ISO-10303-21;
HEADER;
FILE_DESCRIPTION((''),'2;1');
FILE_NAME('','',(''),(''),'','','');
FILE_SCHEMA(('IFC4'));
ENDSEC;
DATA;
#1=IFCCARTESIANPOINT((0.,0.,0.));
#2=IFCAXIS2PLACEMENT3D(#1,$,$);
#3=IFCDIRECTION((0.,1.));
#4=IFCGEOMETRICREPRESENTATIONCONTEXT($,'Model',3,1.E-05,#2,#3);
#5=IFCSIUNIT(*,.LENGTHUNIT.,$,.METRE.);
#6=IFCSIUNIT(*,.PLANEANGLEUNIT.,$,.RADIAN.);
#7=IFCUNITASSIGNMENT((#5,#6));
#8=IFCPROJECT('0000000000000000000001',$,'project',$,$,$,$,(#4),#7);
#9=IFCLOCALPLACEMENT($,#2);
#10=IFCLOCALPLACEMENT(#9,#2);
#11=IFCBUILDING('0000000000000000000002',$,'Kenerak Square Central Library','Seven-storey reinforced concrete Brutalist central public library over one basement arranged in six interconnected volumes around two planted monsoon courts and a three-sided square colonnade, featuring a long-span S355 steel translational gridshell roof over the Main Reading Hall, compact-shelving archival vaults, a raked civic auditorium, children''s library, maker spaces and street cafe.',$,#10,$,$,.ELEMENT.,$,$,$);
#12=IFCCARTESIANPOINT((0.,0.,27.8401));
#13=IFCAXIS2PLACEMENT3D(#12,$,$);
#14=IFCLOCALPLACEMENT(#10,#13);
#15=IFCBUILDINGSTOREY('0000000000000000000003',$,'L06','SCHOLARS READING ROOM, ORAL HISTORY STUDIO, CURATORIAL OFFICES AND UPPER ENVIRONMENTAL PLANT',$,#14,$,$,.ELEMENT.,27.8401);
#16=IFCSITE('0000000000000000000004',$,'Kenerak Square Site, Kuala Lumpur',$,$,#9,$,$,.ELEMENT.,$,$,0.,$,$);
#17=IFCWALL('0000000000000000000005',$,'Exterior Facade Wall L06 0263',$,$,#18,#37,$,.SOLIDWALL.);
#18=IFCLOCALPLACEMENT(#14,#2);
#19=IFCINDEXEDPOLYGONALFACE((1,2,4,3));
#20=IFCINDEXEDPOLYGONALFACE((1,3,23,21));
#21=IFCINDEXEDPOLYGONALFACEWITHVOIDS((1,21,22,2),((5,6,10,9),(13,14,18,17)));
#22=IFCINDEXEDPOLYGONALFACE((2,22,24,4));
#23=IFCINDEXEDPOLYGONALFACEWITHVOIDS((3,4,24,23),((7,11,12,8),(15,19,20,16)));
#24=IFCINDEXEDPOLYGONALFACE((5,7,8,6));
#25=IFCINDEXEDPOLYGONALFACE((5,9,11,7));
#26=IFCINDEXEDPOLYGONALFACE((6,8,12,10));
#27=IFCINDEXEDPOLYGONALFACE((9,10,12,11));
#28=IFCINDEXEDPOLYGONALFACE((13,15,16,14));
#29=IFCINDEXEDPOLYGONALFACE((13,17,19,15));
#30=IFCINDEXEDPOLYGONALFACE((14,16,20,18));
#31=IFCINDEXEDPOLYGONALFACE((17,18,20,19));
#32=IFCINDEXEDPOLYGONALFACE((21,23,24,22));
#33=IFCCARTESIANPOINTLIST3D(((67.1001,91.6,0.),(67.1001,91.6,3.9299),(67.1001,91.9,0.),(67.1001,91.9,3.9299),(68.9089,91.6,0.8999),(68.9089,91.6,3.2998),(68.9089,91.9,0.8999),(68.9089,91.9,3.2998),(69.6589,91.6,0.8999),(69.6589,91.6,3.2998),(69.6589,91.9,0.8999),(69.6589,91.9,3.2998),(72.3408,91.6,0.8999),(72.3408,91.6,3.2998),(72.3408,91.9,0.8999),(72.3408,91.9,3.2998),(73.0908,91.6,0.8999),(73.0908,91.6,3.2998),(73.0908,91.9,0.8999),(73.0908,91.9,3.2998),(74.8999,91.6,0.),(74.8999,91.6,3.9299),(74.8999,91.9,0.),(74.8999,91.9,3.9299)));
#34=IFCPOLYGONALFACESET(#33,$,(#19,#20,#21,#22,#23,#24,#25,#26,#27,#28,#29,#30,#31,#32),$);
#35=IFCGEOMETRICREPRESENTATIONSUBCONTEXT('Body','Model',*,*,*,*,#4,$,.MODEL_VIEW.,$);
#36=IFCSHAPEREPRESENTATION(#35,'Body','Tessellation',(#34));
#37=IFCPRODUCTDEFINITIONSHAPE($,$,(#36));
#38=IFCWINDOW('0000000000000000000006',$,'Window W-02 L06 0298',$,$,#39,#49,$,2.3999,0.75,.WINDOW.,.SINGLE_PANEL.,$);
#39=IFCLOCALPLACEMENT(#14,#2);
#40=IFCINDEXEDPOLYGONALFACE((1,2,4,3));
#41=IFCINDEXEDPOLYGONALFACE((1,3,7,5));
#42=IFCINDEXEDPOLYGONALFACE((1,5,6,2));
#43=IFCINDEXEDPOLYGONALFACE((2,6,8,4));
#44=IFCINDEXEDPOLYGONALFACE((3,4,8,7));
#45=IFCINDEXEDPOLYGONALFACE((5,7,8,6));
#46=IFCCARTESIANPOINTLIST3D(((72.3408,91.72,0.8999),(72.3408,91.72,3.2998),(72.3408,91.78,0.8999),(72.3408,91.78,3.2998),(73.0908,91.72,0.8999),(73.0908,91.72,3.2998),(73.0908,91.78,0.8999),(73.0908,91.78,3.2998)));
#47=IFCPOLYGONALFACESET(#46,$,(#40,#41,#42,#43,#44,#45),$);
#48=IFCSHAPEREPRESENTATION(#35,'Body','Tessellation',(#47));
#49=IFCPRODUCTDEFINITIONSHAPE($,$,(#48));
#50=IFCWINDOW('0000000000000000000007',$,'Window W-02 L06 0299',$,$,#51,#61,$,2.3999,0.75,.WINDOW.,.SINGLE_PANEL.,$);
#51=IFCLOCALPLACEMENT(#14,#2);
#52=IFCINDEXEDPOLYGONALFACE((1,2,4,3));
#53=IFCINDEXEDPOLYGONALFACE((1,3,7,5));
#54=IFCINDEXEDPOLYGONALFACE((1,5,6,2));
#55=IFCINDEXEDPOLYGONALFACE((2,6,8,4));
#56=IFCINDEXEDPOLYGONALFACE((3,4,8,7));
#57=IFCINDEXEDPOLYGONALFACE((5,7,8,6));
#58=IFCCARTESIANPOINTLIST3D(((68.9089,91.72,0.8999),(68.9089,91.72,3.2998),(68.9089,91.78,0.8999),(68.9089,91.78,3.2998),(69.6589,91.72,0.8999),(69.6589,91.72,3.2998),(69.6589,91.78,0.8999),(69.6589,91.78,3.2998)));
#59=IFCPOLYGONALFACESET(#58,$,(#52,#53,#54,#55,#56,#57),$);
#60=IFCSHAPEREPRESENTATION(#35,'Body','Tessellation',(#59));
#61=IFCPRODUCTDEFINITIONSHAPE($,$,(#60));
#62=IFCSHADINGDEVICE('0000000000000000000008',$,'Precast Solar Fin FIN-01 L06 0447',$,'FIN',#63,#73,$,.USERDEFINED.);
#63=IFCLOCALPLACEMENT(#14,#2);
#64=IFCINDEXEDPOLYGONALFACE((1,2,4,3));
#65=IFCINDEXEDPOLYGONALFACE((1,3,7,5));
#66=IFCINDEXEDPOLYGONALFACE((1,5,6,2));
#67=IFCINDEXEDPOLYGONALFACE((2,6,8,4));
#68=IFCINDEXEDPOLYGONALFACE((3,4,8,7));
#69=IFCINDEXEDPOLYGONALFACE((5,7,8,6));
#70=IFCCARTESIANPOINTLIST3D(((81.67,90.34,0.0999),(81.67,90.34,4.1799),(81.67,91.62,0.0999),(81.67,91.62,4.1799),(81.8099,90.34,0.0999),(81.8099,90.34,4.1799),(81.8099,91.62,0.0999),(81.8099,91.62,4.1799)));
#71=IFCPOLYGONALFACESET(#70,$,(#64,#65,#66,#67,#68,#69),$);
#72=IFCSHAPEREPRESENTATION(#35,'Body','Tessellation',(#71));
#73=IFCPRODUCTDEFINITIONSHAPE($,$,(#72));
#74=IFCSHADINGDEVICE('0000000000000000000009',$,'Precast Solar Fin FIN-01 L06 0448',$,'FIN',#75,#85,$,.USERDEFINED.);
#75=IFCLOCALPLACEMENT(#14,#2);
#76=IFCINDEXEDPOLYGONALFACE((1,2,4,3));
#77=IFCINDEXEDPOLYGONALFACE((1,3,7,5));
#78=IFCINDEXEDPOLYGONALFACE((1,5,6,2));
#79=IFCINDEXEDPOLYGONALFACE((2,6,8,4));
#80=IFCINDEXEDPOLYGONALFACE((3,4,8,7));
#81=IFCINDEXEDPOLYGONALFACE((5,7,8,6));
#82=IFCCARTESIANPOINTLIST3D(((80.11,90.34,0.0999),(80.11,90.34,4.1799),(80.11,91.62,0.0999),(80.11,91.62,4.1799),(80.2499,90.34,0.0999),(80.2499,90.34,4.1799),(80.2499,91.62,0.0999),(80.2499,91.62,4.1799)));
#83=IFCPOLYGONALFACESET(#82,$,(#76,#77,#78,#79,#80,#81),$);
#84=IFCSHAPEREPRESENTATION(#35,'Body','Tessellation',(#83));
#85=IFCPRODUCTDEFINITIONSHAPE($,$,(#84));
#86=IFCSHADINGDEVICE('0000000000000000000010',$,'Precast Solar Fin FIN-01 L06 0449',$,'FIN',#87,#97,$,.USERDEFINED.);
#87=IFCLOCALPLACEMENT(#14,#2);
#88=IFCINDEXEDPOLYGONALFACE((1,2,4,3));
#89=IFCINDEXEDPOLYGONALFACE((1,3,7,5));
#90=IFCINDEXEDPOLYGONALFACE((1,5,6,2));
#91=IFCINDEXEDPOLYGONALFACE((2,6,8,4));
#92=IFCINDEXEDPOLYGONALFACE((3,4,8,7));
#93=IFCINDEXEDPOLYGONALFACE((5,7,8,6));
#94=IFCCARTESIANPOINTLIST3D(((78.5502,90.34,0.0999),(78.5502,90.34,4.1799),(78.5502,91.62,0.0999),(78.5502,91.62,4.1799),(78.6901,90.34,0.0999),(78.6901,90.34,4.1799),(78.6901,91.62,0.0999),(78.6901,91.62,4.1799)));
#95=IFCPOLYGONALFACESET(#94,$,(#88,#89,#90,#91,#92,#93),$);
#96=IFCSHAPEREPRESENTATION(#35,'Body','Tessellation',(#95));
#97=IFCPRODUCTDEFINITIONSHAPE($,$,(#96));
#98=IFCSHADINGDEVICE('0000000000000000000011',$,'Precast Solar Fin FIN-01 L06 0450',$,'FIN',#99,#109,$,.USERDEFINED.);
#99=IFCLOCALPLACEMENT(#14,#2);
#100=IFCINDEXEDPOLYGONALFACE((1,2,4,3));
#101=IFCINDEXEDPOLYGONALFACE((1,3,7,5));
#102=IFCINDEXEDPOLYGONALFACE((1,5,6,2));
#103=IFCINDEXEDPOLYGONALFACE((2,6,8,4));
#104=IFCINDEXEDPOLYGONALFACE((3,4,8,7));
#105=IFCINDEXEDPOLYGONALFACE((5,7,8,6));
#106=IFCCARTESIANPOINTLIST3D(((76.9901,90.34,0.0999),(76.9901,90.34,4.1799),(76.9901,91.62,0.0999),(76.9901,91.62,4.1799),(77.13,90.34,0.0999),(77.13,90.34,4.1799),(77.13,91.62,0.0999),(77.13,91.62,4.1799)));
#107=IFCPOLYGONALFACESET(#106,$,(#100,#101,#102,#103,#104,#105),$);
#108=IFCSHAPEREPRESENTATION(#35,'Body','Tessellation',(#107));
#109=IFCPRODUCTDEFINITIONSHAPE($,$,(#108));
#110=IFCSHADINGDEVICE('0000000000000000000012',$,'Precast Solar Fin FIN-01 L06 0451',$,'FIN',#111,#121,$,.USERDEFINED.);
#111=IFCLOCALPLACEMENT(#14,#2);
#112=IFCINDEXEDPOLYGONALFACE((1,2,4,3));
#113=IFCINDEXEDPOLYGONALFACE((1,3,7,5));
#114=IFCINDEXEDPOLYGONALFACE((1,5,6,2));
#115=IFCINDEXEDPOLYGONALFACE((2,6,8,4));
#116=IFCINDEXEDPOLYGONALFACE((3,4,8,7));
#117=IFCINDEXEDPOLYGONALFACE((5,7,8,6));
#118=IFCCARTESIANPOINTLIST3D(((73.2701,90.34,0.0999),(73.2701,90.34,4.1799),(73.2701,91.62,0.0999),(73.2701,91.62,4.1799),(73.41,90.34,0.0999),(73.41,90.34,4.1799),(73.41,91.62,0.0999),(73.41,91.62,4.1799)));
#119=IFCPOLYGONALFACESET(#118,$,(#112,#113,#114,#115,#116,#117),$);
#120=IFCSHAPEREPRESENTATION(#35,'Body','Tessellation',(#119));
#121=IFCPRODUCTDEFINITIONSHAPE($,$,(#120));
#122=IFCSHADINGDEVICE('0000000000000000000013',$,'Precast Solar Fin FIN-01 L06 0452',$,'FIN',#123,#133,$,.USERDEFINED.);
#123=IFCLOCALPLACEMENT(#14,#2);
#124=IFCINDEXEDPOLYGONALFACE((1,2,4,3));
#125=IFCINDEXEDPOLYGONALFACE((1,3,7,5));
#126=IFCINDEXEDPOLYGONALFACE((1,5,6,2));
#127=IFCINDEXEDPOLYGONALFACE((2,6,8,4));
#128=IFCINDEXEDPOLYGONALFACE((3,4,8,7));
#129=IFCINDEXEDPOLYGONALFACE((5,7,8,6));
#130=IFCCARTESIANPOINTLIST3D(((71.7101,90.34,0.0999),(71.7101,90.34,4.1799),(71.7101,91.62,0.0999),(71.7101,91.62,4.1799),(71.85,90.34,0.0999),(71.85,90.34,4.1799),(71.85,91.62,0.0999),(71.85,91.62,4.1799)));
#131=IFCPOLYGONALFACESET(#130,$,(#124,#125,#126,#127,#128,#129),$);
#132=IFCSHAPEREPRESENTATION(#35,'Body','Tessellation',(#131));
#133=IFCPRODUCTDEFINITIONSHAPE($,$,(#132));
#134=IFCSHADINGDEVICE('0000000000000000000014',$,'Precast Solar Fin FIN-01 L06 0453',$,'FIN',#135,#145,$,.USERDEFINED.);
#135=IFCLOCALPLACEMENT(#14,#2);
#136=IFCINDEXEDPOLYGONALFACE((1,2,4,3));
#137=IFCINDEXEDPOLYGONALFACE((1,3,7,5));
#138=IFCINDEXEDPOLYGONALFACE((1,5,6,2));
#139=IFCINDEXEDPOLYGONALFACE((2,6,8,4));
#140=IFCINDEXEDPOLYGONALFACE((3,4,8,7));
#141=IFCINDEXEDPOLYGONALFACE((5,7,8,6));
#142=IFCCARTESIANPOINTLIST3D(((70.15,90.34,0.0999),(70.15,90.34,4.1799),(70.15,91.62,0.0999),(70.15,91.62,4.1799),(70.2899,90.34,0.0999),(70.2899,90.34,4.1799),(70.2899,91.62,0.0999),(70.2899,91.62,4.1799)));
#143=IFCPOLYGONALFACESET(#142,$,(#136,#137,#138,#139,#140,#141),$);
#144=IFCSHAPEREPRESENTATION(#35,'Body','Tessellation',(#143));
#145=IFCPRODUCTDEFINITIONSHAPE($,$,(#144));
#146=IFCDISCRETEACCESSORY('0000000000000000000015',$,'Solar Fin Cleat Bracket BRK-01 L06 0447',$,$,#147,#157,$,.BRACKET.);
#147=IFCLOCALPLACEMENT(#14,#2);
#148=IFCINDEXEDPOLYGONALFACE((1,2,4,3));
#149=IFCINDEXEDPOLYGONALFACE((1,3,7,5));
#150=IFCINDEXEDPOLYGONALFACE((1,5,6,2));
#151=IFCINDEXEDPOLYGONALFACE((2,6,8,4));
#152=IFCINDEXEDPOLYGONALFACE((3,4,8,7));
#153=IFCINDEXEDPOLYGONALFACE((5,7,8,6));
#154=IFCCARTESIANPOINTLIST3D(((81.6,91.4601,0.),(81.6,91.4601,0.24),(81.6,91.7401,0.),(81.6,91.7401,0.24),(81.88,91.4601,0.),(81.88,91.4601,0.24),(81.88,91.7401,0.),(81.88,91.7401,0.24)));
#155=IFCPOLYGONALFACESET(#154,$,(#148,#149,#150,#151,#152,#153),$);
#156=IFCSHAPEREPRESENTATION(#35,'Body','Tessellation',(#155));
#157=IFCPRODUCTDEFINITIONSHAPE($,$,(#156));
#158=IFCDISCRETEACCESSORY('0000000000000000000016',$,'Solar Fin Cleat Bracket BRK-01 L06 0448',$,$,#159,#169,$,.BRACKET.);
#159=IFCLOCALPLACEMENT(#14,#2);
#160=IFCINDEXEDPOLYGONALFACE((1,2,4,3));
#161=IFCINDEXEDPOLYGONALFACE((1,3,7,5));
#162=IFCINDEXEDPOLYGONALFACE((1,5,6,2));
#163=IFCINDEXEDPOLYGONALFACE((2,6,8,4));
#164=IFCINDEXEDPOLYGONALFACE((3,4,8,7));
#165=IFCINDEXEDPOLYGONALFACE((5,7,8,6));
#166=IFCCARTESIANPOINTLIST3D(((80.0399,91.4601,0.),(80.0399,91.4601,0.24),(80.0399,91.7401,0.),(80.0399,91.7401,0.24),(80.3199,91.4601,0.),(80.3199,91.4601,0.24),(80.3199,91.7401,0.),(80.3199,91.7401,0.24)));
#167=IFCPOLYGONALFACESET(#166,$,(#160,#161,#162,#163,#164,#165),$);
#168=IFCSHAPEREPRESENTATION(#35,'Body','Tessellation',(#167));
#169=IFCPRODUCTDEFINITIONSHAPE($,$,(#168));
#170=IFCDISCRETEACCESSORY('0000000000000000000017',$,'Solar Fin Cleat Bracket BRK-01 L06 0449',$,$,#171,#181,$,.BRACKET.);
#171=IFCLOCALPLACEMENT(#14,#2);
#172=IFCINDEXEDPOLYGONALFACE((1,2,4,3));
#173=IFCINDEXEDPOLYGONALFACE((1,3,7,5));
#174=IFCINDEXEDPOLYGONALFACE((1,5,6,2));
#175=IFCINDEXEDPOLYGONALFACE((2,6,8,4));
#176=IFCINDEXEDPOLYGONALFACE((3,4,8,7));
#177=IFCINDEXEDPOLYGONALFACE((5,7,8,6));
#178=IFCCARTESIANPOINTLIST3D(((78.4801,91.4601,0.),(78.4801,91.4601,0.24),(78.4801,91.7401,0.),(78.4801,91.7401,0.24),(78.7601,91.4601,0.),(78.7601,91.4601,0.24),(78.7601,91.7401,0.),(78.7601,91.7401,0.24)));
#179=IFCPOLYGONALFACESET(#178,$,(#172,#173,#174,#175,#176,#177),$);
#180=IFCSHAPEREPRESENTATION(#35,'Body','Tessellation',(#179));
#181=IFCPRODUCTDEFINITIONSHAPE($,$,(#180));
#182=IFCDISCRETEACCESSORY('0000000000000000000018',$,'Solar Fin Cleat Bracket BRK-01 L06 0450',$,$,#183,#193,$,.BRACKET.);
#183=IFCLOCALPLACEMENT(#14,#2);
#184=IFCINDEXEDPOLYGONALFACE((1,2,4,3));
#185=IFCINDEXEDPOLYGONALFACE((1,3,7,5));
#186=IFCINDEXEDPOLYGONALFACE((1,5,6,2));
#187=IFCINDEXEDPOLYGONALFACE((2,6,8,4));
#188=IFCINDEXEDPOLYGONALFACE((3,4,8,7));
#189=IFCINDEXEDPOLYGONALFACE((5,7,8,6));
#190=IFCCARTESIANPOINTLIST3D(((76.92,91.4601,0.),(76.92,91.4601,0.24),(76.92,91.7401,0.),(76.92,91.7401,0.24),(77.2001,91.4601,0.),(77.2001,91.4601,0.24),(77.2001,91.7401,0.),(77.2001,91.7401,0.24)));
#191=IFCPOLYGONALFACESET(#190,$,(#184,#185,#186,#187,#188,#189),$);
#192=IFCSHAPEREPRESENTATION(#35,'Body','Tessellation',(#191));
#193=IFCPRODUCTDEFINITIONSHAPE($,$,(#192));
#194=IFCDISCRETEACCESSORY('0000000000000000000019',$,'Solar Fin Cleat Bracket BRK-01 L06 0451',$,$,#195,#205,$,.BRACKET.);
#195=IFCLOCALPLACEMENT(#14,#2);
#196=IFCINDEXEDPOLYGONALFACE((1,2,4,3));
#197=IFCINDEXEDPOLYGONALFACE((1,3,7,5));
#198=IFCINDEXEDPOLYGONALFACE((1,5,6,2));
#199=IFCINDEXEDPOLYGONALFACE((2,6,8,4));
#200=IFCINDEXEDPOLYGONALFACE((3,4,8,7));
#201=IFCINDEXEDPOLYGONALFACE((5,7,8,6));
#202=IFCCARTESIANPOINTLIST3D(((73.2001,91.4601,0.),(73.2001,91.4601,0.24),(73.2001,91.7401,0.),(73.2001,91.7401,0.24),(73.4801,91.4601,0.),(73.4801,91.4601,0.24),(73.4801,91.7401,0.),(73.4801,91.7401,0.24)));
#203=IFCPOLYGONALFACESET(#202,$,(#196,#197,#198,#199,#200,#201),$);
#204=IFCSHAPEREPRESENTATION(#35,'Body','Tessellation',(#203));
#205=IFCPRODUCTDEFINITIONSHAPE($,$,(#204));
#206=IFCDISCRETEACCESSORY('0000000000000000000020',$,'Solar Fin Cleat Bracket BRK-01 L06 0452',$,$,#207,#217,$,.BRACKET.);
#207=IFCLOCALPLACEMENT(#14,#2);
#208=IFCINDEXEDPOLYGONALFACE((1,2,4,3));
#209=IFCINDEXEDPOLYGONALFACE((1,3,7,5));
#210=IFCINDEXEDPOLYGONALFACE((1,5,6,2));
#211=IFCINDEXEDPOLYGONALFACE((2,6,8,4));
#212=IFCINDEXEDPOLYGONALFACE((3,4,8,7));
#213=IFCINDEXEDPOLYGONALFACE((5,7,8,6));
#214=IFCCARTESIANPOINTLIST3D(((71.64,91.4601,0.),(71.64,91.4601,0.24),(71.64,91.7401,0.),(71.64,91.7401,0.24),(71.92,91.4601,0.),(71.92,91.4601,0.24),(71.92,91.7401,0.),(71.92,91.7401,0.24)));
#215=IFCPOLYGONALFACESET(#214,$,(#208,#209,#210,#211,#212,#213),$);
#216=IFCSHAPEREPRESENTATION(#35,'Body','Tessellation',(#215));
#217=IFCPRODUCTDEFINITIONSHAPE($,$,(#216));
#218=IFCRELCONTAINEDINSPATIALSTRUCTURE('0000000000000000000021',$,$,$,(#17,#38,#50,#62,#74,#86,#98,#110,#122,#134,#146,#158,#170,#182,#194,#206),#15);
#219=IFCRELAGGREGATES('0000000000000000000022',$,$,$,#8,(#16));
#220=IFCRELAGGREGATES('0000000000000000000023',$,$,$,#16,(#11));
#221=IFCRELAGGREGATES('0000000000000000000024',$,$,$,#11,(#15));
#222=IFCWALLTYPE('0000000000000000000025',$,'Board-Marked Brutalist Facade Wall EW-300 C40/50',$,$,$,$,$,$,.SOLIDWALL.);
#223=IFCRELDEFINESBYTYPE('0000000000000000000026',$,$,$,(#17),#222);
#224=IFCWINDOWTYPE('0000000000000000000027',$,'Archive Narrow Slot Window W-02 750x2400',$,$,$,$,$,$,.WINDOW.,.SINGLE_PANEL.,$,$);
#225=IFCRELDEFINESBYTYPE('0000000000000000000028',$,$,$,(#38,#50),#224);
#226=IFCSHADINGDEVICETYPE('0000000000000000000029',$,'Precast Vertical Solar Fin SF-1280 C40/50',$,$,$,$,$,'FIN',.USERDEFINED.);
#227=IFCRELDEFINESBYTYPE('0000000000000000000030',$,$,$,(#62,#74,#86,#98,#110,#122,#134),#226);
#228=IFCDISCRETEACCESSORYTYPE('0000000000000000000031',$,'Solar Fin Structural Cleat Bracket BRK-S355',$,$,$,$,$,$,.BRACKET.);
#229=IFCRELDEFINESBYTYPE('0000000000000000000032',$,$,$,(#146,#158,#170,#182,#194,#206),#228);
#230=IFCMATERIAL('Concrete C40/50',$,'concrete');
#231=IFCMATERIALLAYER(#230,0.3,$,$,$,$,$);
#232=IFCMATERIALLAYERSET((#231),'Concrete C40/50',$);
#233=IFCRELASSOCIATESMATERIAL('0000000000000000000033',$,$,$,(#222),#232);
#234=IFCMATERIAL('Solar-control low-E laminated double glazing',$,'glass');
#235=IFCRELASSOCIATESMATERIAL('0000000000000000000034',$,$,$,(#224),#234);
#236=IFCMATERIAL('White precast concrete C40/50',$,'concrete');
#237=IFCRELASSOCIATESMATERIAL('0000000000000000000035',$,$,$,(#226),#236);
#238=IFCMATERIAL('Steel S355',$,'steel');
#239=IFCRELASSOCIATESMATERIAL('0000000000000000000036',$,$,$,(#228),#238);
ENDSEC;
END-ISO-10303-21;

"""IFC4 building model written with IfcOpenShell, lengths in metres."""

from ifc_helpers import new_model, si_unit, direction, frame, frame_2d, origin, origin_2d, place, context, subcontext, project, spatial, rectangle, extrude, material, layer, layer_set, type_object, element, fill, save


model = new_model("IFC4")

# Units and contexts
model_context = context("Model", 3, precision=1e-05, world=origin(), true_north=direction((0.0, 1.0)))
body_context = subcontext(model_context, "Body", "Model", "MODEL_VIEW")
ifc_project = project(units=[si_unit("LENGTHUNIT", "METRE"), si_unit("PLANEANGLEUNIT", "RADIAN")], contexts=[model_context])

# Site, building, storey
site_placement = place(None, origin())
site = spatial("IfcSite", under=ifc_project, at=site_placement, Name="Kenerak Square Site, Kuala Lumpur", CompositionType="ELEMENT", RefElevation=0.0)
building_placement = place(site_placement, origin())
building = spatial("IfcBuilding", under=site, at=building_placement, Name="Kenerak Square Central Library", Description="Seven-storey reinforced concrete Brutalist central public library over one basement arranged in six interconnected volumes around two planted monsoon courts and a three-sided square colonnade, featuring a long-span S355 steel translational gridshell roof over the Main Reading Hall, compact-shelving archival vaults, a raked civic auditorium, children's library, maker spaces and street cafe.", CompositionType="ELEMENT")
storey_placement = place(building_placement, frame((0.0, 0.0, 27.8401)))
storey = spatial("IfcBuildingStorey", under=building, at=storey_placement, Name="L06", Description="SCHOLARS READING ROOM, ORAL HISTORY STUDIO, CURATORIAL OFFICES AND UPPER ENVIRONMENTAL PLANT", CompositionType="ELEMENT", Elevation=27.8401)

# Shared definitions
ifc_material_1 = material(Name="Concrete C40/50", Category="concrete")

# Wall, openings, windows
ifc_layer = layer(ifc_material_1, 0.3)
ifc_layer_set = layer_set([ifc_layer], Name="Concrete C40/50")
wall_type = type_object("IfcWallType", Name="Board-Marked Brutalist Facade Wall EW-300 C40/50", PredefinedType="SOLIDWALL", material=ifc_layer_set)
ifc_material_2 = material(Name="Solar-control low-E laminated double glazing", Category="glass")
window_type = type_object("IfcWindowType", Name="Archive Narrow Slot Window W-02 750x2400", PartitioningType="SINGLE_PANEL", PredefinedType="WINDOW", material=ifc_material_2)
wall_1_placement = place(storey_placement, frame((74.8999, 91.75, 0.0), z_axis=(0.0, 0.0, 1.0), x_axis=(-1.0, 0.0, 0.0)))
wall_1 = element("IfcWall", 1, at=wall_1_placement, inside=storey, type_object=wall_type, Name="Exterior Facade Wall L06 0263", PredefinedType="SOLIDWALL", context=body_context, shape_type="SweptSolid", body=[
    extrude(rectangle(XDim=7.7998, YDim=0.3, at=frame_2d((3.8999, 0.0))), origin(), (0.0, 0.0, 1.0), 3.9299),
])
opening_1_placement = place(wall_1_placement, frame((1.8091, 0.0, 0.8999)))
opening_1 = element("IfcOpeningElement", 2, at=opening_1_placement, cuts=wall_1, PredefinedType="OPENING", context=body_context, shape_type="SweptSolid", body=[
    extrude(rectangle(XDim=0.75, YDim=2.3999, at=frame_2d((0.375, 1.2))), frame((0.0, 0.1599, 0.0), z_axis=(0.0, -1.0, 0.0), x_axis=(1.0, 0.0, 0.0)), (0.0, 0.0, 1.0), 0.3201),
])
opening_2_placement = place(wall_1_placement, frame((5.241, 0.0, 0.8999)))
opening_2 = element("IfcOpeningElement", 3, at=opening_2_placement, cuts=wall_1, PredefinedType="OPENING", context=body_context, shape_type="SweptSolid", body=[
    extrude(rectangle(XDim=0.75, YDim=2.3999, at=frame_2d((0.375, 1.2))), frame((0.0, 0.1599, 0.0), z_axis=(0.0, -1.0, 0.0), x_axis=(1.0, 0.0, 0.0)), (0.0, 0.0, 1.0), 0.3201),
])
window_1_placement = place(opening_1_placement, origin())
window_1 = element("IfcWindow", 4, at=window_1_placement, inside=storey, type_object=window_type, Name="Window W-02 L06 0298", OverallHeight=2.3999, OverallWidth=0.75, PartitioningType="SINGLE_PANEL", PredefinedType="WINDOW", context=body_context, shape_type="SweptSolid", body=[
    extrude(rectangle(XDim=0.75, YDim=2.3999, at=frame_2d((0.375, 1.2))), frame((0.0, 0.03, 0.0), z_axis=(0.0, -1.0, 0.0), x_axis=(1.0, 0.0, 0.0)), (0.0, 0.0, 1.0), 0.0601),
])
fill(opening_1, window_1)
window_2_placement = place(opening_2_placement, origin())
window_2 = element("IfcWindow", 5, at=window_2_placement, inside=storey, type_object=window_type, Name="Window W-02 L06 0299", OverallHeight=2.3999, OverallWidth=0.75, PartitioningType="SINGLE_PANEL", PredefinedType="WINDOW", context=body_context, shape_type="SweptSolid", body=[
    extrude(rectangle(XDim=0.75, YDim=2.3999, at=frame_2d((0.375, 1.2))), frame((0.0, 0.03, 0.0), z_axis=(0.0, -1.0, 0.0), x_axis=(1.0, 0.0, 0.0)), (0.0, 0.0, 1.0), 0.0601),
])
fill(opening_2, window_2)

# Shading devices
ifc_material_3 = material(Name="White precast concrete C40/50", Category="concrete")
shading_device_type = type_object("IfcShadingDeviceType", Name="Precast Vertical Solar Fin SF-1280 C40/50", ElementType="FIN", PredefinedType="USERDEFINED", material=ifc_material_3)
for number, where, z_axis, x_axis, name in (
    (6, (81.74, 90.98, 0.0999), (0.0, 0.0, 1.0), (-1.0, 0.0, 0.0), "Precast Solar Fin FIN-01 L06 0447"),
    (7, (80.1799, 90.98, 0.0999), (0.0, 0.0, 1.0), (-1.0, 0.0, 0.0), "Precast Solar Fin FIN-01 L06 0448"),
    (8, (78.6201, 90.98, 0.0999), (0.0, 0.0, 1.0), (-1.0, 0.0, 0.0), "Precast Solar Fin FIN-01 L06 0449"),
    (9, (77.0601, 90.98, 0.0999), (0.0, 0.0, 1.0), (-1.0, 0.0, 0.0), "Precast Solar Fin FIN-01 L06 0450"),
    (10, (73.3401, 90.98, 0.0999), (0.0, 0.0, 1.0), (-1.0, 0.0, 0.0), "Precast Solar Fin FIN-01 L06 0451"),
    (11, (71.78, 90.98, 0.0999), (0.0, 0.0, 1.0), (-1.0, 0.0, 0.0), "Precast Solar Fin FIN-01 L06 0452"),
    (12, (70.22, 90.98, 0.0999), (0.0, 0.0, 1.0), (-1.0, 0.0, 0.0), "Precast Solar Fin FIN-01 L06 0453"),
):
    element("IfcShadingDevice", number, at=place(storey_placement, frame(where, z_axis=z_axis, x_axis=x_axis)), inside=storey, type_object=shading_device_type, Name=name, ObjectType="FIN", PredefinedType="USERDEFINED", context=body_context, shape_type="SweptSolid", body=[
        extrude(rectangle(XDim=0.1399, YDim=1.28, at=origin_2d()), origin(), (0.0, 0.0, 1.0), 4.0801),
    ])

# Discrete accessories
ifc_material_4 = material(Name="Steel S355", Category="steel")
discrete_accessory_type = type_object("IfcDiscreteAccessoryType", Name="Solar Fin Structural Cleat Bracket BRK-S355", PredefinedType="BRACKET", material=ifc_material_4)
for number, where, z_axis, x_axis, name in (
    (13, (81.74, 91.6001, 0.0), (0.0, 0.0, 1.0), (-1.0, 0.0, 0.0), "Solar Fin Cleat Bracket BRK-01 L06 0447"),
    (14, (80.1799, 91.6001, 0.0), (0.0, 0.0, 1.0), (-1.0, 0.0, 0.0), "Solar Fin Cleat Bracket BRK-01 L06 0448"),
    (15, (78.6201, 91.6001, 0.0), (0.0, 0.0, 1.0), (-1.0, 0.0, 0.0), "Solar Fin Cleat Bracket BRK-01 L06 0449"),
    (16, (77.0601, 91.6001, 0.0), (0.0, 0.0, 1.0), (-1.0, 0.0, 0.0), "Solar Fin Cleat Bracket BRK-01 L06 0450"),
    (17, (73.3401, 91.6001, 0.0), (0.0, 0.0, 1.0), (-1.0, 0.0, 0.0), "Solar Fin Cleat Bracket BRK-01 L06 0451"),
    (18, (71.78, 91.6001, 0.0), (0.0, 0.0, 1.0), (-1.0, 0.0, 0.0), "Solar Fin Cleat Bracket BRK-01 L06 0452"),
):
    element("IfcDiscreteAccessory", number, at=place(storey_placement, frame(where, z_axis=z_axis, x_axis=x_axis)), inside=storey, type_object=discrete_accessory_type, Name=name, PredefinedType="BRACKET", context=body_context, shape_type="SweptSolid", body=[
        extrude(rectangle(XDim=0.28, YDim=0.28, at=origin_2d()), origin(), (0.0, 0.0, 1.0), 0.24),
    ])

save(model, "model.ifc")
